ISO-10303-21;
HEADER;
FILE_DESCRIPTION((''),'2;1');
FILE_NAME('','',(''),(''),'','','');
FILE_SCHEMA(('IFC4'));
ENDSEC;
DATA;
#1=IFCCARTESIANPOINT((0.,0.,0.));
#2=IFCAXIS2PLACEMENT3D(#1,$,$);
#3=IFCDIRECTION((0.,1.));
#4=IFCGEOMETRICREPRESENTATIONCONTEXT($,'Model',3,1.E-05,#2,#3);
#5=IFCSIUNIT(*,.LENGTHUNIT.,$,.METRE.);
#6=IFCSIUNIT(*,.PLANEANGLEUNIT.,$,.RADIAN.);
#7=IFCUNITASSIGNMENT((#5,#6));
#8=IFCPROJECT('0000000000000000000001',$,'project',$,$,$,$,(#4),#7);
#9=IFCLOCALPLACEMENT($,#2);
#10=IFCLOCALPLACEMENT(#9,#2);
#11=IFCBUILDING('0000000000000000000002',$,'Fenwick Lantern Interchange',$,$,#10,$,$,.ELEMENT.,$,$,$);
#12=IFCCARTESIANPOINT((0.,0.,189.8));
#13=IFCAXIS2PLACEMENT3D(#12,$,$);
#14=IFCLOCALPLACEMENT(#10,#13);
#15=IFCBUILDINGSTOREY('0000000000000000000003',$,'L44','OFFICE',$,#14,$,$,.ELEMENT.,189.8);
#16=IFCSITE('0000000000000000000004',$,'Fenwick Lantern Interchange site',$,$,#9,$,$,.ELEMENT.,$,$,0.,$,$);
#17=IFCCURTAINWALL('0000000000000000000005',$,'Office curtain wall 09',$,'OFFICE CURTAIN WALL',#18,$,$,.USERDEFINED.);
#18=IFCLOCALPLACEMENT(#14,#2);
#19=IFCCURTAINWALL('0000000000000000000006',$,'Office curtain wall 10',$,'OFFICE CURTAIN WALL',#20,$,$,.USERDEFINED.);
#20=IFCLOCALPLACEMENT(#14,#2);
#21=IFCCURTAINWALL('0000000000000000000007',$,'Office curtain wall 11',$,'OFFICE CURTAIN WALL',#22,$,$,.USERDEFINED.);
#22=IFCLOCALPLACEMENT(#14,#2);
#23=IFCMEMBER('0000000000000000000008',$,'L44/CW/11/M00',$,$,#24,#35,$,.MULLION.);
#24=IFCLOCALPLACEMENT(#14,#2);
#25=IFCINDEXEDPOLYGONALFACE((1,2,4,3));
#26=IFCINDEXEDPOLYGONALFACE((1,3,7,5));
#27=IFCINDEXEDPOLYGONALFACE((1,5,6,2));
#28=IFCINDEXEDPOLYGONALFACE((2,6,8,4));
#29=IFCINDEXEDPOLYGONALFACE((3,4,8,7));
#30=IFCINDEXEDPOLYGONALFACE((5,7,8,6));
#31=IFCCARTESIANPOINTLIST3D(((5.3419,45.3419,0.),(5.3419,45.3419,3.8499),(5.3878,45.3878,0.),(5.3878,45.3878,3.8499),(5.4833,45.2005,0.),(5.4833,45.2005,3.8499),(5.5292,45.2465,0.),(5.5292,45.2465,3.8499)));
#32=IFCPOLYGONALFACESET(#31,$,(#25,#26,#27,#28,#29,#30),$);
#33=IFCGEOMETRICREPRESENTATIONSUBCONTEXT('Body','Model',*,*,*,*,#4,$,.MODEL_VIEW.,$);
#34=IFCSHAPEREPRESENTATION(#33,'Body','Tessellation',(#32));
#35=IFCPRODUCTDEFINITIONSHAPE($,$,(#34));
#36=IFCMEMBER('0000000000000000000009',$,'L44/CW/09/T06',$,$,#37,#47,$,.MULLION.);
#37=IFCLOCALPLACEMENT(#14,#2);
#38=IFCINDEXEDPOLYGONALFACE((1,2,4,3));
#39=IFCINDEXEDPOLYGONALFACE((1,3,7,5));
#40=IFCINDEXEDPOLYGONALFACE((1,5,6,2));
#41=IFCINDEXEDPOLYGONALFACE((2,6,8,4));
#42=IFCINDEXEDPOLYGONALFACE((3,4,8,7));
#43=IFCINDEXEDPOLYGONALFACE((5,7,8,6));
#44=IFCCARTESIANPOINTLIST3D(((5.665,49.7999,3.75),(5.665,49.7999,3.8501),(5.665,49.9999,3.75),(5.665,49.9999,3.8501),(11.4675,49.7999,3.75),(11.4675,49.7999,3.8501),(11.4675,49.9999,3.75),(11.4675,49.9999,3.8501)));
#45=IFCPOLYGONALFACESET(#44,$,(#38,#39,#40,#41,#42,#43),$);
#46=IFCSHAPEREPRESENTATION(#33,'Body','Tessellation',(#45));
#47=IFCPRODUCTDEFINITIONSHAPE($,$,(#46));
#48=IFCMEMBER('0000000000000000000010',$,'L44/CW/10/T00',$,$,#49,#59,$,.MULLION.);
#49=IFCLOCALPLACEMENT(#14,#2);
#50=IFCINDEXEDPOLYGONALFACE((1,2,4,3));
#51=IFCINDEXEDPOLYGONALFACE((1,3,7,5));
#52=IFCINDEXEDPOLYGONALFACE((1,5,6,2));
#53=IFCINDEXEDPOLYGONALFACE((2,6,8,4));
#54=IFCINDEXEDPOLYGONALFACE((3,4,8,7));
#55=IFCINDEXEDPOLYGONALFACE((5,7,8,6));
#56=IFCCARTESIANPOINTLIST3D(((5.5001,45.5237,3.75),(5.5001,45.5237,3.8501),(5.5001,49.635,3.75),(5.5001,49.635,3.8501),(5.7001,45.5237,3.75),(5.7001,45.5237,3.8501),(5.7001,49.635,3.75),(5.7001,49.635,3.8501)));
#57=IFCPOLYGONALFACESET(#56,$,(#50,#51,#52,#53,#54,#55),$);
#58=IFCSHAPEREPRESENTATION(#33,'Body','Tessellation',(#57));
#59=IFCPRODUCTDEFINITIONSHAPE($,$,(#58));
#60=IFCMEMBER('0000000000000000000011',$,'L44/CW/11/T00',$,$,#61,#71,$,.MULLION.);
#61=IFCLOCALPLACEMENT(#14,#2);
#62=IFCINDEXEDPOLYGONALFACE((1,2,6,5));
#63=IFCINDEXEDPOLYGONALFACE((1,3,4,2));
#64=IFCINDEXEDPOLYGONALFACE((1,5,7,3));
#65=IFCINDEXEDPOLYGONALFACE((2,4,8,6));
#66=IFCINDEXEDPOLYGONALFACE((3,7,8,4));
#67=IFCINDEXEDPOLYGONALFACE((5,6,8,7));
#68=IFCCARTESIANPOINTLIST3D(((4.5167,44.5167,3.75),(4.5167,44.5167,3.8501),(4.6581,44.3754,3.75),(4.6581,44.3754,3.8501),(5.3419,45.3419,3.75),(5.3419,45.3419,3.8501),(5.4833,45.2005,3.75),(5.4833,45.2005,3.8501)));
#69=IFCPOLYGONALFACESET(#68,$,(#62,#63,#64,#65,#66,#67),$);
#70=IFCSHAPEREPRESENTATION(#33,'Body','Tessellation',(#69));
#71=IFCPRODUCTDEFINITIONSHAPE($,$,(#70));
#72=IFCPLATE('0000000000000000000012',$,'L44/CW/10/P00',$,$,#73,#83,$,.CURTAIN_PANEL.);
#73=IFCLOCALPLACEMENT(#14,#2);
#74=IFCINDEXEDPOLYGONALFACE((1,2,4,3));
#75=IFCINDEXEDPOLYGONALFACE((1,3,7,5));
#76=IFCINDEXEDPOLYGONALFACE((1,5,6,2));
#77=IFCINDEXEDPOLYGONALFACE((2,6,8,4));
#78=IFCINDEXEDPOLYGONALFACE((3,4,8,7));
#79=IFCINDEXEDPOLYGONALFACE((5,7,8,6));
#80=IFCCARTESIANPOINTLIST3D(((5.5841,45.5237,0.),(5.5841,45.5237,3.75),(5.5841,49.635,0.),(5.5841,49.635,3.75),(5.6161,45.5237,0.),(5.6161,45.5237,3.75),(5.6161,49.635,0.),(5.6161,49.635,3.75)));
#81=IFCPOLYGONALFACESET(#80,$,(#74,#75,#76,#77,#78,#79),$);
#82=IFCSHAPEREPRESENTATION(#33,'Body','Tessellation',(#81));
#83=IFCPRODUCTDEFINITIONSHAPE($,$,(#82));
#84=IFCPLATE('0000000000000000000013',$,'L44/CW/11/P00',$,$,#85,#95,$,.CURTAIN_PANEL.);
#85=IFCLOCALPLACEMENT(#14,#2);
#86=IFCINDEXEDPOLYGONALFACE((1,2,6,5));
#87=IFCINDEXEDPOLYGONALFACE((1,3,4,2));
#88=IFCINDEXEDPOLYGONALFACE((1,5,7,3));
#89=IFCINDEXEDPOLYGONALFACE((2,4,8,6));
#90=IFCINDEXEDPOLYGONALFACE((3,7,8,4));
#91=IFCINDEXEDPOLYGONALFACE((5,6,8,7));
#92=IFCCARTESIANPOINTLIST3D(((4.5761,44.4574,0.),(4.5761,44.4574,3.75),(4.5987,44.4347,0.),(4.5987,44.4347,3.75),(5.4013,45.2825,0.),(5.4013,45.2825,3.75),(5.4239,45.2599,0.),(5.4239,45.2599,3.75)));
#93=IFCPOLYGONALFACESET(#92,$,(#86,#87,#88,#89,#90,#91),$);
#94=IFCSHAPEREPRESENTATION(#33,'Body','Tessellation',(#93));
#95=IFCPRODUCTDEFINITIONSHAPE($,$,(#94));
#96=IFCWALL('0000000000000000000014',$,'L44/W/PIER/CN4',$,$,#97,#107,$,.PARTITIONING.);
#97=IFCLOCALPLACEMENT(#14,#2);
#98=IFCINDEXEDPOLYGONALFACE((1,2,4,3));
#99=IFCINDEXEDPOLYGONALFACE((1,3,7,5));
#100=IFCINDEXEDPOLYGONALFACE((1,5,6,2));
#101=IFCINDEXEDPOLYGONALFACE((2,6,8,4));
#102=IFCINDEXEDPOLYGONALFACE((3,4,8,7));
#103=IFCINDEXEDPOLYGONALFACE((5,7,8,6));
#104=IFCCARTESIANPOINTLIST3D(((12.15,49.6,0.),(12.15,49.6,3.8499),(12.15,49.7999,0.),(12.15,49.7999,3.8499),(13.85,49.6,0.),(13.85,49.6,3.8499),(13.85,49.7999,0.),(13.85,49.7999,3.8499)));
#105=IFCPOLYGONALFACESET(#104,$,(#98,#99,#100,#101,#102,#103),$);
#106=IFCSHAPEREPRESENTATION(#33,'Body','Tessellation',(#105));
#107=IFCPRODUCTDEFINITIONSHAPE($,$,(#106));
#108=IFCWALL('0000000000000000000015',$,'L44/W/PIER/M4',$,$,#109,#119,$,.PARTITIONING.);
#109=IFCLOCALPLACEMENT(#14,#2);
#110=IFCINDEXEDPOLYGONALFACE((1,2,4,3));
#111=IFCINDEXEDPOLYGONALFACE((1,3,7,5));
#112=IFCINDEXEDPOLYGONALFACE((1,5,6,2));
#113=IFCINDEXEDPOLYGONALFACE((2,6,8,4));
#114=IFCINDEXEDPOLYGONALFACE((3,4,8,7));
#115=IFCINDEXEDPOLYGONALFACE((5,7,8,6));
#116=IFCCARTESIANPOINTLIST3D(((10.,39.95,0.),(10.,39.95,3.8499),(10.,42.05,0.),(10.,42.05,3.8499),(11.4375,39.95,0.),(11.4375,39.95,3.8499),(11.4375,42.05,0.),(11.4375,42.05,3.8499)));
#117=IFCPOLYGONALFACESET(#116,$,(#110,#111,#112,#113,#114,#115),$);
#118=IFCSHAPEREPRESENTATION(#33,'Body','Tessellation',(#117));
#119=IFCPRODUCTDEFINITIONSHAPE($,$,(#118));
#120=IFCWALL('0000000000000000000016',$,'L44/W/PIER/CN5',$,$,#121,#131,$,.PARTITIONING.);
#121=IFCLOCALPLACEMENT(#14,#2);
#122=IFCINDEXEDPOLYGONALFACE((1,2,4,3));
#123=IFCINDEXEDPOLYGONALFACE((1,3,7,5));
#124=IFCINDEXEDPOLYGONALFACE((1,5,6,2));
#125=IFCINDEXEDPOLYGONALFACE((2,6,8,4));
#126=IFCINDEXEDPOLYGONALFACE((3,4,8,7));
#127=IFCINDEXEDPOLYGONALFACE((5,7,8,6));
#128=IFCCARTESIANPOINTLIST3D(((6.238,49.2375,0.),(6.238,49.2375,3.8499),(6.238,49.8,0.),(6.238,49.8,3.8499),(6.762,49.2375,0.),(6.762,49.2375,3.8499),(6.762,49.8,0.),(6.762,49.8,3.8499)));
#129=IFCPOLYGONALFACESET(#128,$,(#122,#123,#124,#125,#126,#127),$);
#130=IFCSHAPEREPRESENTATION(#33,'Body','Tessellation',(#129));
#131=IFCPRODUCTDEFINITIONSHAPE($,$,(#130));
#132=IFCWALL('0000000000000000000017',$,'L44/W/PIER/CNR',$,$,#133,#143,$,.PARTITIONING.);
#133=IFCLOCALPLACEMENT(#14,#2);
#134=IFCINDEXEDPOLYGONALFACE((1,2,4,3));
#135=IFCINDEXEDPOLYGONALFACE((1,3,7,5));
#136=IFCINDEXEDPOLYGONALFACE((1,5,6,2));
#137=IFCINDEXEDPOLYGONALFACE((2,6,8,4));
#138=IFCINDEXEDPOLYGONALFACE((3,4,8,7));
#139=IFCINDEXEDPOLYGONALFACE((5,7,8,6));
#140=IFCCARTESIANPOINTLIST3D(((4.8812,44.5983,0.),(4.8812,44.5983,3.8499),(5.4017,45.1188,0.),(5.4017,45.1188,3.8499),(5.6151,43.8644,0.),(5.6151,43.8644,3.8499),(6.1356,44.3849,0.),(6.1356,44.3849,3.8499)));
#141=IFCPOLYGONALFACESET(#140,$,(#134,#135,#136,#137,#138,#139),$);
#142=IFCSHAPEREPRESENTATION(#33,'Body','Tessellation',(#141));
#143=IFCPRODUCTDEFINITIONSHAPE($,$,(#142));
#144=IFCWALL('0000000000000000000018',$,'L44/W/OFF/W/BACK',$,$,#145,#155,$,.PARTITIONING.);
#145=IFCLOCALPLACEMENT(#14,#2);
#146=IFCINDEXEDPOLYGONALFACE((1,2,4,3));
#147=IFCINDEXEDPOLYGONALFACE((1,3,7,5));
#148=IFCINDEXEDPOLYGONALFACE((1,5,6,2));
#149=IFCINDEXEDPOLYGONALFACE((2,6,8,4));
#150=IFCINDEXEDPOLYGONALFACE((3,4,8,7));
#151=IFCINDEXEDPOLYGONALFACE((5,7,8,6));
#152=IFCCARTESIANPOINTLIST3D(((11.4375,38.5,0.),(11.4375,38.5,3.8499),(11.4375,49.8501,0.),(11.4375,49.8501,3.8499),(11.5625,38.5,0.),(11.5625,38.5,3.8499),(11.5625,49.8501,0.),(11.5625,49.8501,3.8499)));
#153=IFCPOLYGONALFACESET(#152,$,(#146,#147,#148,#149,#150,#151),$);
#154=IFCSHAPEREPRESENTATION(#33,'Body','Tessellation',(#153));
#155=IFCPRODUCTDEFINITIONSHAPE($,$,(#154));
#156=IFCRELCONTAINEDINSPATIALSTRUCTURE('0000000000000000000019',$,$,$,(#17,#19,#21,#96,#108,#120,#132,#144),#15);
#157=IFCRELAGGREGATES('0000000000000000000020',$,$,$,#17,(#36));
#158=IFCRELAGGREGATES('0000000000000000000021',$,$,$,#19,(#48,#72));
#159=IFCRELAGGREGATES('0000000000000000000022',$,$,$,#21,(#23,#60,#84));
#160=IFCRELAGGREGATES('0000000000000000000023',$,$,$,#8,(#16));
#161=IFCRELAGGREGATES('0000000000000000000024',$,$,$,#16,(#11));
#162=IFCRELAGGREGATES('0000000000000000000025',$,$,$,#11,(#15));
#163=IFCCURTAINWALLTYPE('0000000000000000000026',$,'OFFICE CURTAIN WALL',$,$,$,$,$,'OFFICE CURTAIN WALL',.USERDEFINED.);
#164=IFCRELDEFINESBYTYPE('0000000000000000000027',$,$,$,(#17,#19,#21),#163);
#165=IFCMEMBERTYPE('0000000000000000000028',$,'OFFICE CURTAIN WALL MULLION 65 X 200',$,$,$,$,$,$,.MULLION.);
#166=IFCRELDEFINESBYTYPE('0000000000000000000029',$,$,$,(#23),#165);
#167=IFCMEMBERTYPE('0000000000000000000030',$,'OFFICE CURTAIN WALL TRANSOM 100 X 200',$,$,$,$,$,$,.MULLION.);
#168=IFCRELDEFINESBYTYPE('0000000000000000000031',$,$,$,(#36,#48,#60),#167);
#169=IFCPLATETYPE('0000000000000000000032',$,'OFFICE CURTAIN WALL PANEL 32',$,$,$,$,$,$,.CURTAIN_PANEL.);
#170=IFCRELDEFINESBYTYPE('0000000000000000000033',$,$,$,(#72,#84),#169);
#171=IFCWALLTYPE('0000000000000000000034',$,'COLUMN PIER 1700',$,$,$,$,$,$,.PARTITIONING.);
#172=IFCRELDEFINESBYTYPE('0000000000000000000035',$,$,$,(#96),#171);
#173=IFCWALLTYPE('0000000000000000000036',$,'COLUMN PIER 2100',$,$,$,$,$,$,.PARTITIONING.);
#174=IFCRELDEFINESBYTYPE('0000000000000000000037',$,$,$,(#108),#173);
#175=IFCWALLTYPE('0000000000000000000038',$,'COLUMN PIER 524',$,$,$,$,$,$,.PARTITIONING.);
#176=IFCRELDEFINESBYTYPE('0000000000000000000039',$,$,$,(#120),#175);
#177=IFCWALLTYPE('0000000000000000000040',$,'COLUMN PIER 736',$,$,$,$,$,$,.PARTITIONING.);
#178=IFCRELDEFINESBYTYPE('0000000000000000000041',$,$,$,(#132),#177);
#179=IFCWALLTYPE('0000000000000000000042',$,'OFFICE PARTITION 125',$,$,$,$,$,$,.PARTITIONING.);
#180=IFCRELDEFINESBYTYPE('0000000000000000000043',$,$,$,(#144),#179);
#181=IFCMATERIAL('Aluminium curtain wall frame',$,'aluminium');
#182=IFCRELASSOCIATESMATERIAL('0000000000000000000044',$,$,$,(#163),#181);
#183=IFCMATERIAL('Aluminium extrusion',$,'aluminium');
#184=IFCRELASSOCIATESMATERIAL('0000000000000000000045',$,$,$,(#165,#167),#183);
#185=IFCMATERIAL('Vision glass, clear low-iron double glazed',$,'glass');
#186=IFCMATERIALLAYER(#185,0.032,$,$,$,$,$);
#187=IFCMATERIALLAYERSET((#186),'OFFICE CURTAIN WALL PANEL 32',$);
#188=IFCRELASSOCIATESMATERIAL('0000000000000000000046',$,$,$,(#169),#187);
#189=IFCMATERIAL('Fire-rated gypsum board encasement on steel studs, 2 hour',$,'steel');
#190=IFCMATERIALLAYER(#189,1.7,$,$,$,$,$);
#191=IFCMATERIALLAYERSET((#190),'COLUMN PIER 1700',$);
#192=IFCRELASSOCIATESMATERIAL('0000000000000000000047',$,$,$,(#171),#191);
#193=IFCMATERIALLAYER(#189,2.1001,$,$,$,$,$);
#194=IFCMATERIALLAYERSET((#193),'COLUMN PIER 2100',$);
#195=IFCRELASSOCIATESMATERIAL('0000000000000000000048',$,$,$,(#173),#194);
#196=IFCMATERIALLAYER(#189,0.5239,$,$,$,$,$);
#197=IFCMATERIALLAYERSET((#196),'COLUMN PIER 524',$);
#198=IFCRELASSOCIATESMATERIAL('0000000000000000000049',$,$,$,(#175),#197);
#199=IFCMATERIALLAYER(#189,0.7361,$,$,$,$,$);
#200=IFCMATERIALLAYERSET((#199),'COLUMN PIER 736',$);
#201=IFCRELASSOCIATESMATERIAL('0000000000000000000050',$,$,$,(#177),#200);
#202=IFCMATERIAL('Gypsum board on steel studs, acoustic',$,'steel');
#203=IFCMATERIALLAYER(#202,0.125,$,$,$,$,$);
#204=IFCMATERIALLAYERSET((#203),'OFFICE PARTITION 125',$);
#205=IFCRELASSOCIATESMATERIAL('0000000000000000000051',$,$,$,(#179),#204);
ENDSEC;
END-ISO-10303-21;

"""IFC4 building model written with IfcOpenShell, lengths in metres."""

from ifc_helpers import new_model, si_unit, direction, frame, frame_2d, origin, origin_2d, place, context, subcontext, project, spatial, rectangle, extrude, material, layer, layer_set, material_profile, profile_set, type_object, element, aggregate, save


model = new_model("IFC4")

# Units and contexts
model_context = context("Model", 3, precision=1e-05, world=origin(), true_north=direction((0.0, 1.0)))
body_context = subcontext(model_context, "Body", "Model", "MODEL_VIEW")
ifc_project = project(units=[si_unit("LENGTHUNIT", "METRE"), si_unit("PLANEANGLEUNIT", "RADIAN")], contexts=[model_context])

# Site, building, storey
site_placement = place(None, origin())
site = spatial("IfcSite", under=ifc_project, at=site_placement, Name="Fenwick Lantern Interchange site", CompositionType="ELEMENT", RefElevation=0.0)
building_placement = place(site_placement, origin())
building = spatial("IfcBuilding", under=site, at=building_placement, Name="Fenwick Lantern Interchange", CompositionType="ELEMENT")
storey_placement = place(building_placement, frame((0.0, 0.0, 189.8)))
storey = spatial("IfcBuildingStorey", under=building, at=storey_placement, Name="L44", Description="OFFICE", CompositionType="ELEMENT", Elevation=189.8)

# Curtain walls
ifc_material_1 = material(Name="Aluminium curtain wall frame", Category="aluminium")
curtain_wall_type = type_object("IfcCurtainWallType", Name="OFFICE CURTAIN WALL", ElementType="OFFICE CURTAIN WALL", PredefinedType="USERDEFINED", material=ifc_material_1)
curtain_wall_1_placement = place(storey_placement, origin())
curtain_wall_1 = element("IfcCurtainWall", 1, at=curtain_wall_1_placement, inside=storey, type_object=curtain_wall_type, Name="Office curtain wall 09", ObjectType="OFFICE CURTAIN WALL", PredefinedType="USERDEFINED")
ifc_material_2 = material(Name="Aluminium extrusion", Category="aluminium")
ifc_material_profile_1 = material_profile(ifc_material_2, rectangle(XDim=0.2, YDim=0.0649, at=origin_2d()), Name="OFFICE CURTAIN WALL MULLION 65 X 200")
ifc_profile_set_1 = profile_set([ifc_material_profile_1], Name="Aluminium extrusion")
member_type_1 = type_object("IfcMemberType", Name="OFFICE CURTAIN WALL MULLION 65 X 200", PredefinedType="MULLION", material=ifc_profile_set_1)
curtain_wall_2_placement = place(storey_placement, origin())
curtain_wall_2 = element("IfcCurtainWall", 2, at=curtain_wall_2_placement, inside=storey, type_object=curtain_wall_type, Name="Office curtain wall 10", ObjectType="OFFICE CURTAIN WALL", PredefinedType="USERDEFINED")

# Curtain wall, member
curtain_wall_3_placement = place(storey_placement, origin())
curtain_wall_3 = element("IfcCurtainWall", 3, at=curtain_wall_3_placement, inside=storey, type_object=curtain_wall_type, Name="Office curtain wall 11", ObjectType="OFFICE CURTAIN WALL", PredefinedType="USERDEFINED")
member_1_placement = place(storey_placement, frame((5.4355, 45.2942, 0.0), z_axis=(0.0, 0.0, 1.0), x_axis=(0.707107, -0.707107, 0.0)))
member_1 = element("IfcMember", 4, at=member_1_placement, type_object=member_type_1, Name="L44/CW/11/M00", PredefinedType="MULLION", context=body_context, shape_type="SweptSolid", body=[
    extrude(rectangle(XDim=0.2, YDim=0.0649, at=origin_2d()), origin(), (0.0, 0.0, 1.0), 3.8499),
])

# Members
ifc_material_profile_2 = material_profile(ifc_material_2, rectangle(XDim=0.2, YDim=0.1001, at=origin_2d()), Name="OFFICE CURTAIN WALL TRANSOM 100 X 200")
ifc_profile_set_2 = profile_set([ifc_material_profile_2], Name="Aluminium extrusion")
member_type_2 = type_object("IfcMemberType", Name="OFFICE CURTAIN WALL TRANSOM 100 X 200", PredefinedType="MULLION", material=ifc_profile_set_2)
member_2_placement = place(storey_placement, frame((11.4675, 49.8999, 3.8), z_axis=(-1.0, 0.0, 0.0), x_axis=(0.0, -1.0, 0.0)))
member_2 = element("IfcMember", 5, at=member_2_placement, type_object=member_type_2, Name="L44/CW/09/T06", PredefinedType="MULLION", context=body_context, shape_type="SweptSolid", body=[
    extrude(rectangle(XDim=0.2, YDim=0.1001, at=origin_2d()), origin(), (0.0, 0.0, 1.0), 5.8025),
])
aggregate(curtain_wall_1, [member_2])
member_3_placement = place(storey_placement, frame((5.6001, 49.635, 3.8), z_axis=(0.0, -1.0, 0.0), x_axis=(1.0, 0.0, 0.0)))
member_3 = element("IfcMember", 6, at=member_3_placement, type_object=member_type_2, Name="L44/CW/10/T00", PredefinedType="MULLION", context=body_context, shape_type="SweptSolid", body=[
    extrude(rectangle(XDim=0.2, YDim=0.1001, at=origin_2d()), origin(), (0.0, 0.0, 1.0), 4.1113),
])
member_4_placement = place(storey_placement, frame((5.4126, 45.2712, 3.8), z_axis=(-0.707107, -0.707107, 0.0), x_axis=(0.707107, -0.707107, 0.0)))
member_4 = element("IfcMember", 7, at=member_4_placement, type_object=member_type_2, Name="L44/CW/11/T00", PredefinedType="MULLION", context=body_context, shape_type="SweptSolid", body=[
    extrude(rectangle(XDim=0.2, YDim=0.1001, at=origin_2d()), origin(), (0.0, 0.0, 1.0), 1.167),
])

# Plates
ifc_material_3 = material(Name="Vision glass, clear low-iron double glazed", Category="glass")
ifc_layer_1 = layer(ifc_material_3, 0.032)
ifc_layer_set_1 = layer_set([ifc_layer_1], Name="OFFICE CURTAIN WALL PANEL 32")
plate_type = type_object("IfcPlateType", Name="OFFICE CURTAIN WALL PANEL 32", PredefinedType="CURTAIN_PANEL", material=ifc_layer_set_1)
plate_1_placement = place(storey_placement, frame((5.6001, 47.5793, 0.0), z_axis=(0.0, 0.0, 1.0), x_axis=(0.0, -1.0, 0.0)))
plate_1 = element("IfcPlate", 8, at=plate_1_placement, type_object=plate_type, Name="L44/CW/10/P00", PredefinedType="CURTAIN_PANEL", context=body_context, shape_type="SweptSolid", body=[
    extrude(rectangle(XDim=4.1113, YDim=0.032, at=origin_2d()), origin(), (0.0, 0.0, 1.0), 3.75),
])
aggregate(curtain_wall_2, [member_3, plate_1])
plate_2_placement = place(storey_placement, frame((5.0, 44.8586, 0.0), z_axis=(0.0, 0.0, 1.0), x_axis=(-0.707107, -0.707107, 0.0)))
plate_2 = element("IfcPlate", 9, at=plate_2_placement, type_object=plate_type, Name="L44/CW/11/P00", PredefinedType="CURTAIN_PANEL", context=body_context, shape_type="SweptSolid", body=[
    extrude(rectangle(XDim=1.167, YDim=0.032, at=origin_2d()), origin(), (0.0, 0.0, 1.0), 3.75),
])
aggregate(curtain_wall_3, [member_1, member_4, plate_2])

# Walls
ifc_material_4 = material(Name="Fire-rated gypsum board encasement on steel studs, 2 hour", Category="steel")
ifc_layer_2 = layer(ifc_material_4, 1.7)
ifc_layer_set_2 = layer_set([ifc_layer_2], Name="COLUMN PIER 1700")
wall_type_1 = type_object("IfcWallType", Name="COLUMN PIER 1700", PredefinedType="PARTITIONING", material=ifc_layer_set_2)
wall_1_placement = place(storey_placement, frame((13.0, 49.8, 0.0), z_axis=(0.0, 0.0, 1.0), x_axis=(0.0, -1.0, 0.0)))
element("IfcWall", 10, at=wall_1_placement, inside=storey, type_object=wall_type_1, Name="L44/W/PIER/CN4", PredefinedType="PARTITIONING", context=body_context, shape_type="SweptSolid", body=[
    extrude(rectangle(XDim=0.2, YDim=1.7, at=frame_2d((0.1001, 0.0))), origin(), (0.0, 0.0, 1.0), 3.8499),
])
ifc_layer_3 = layer(ifc_material_4, 2.1001)
ifc_layer_set_3 = layer_set([ifc_layer_3], Name="COLUMN PIER 2100")
wall_type_2 = type_object("IfcWallType", Name="COLUMN PIER 2100", PredefinedType="PARTITIONING", material=ifc_layer_set_3)
wall_2_placement = place(storey_placement, frame((11.4375, 41.0, 0.0), z_axis=(0.0, 0.0, 1.0), x_axis=(-1.0, 0.0, 0.0)))
element("IfcWall", 11, at=wall_2_placement, inside=storey, type_object=wall_type_2, Name="L44/W/PIER/M4", PredefinedType="PARTITIONING", context=body_context, shape_type="SweptSolid", body=[
    extrude(rectangle(XDim=1.4375, YDim=2.1001, at=frame_2d((0.7188, 0.0))), origin(), (0.0, 0.0, 1.0), 3.8499),
])
ifc_layer_4 = layer(ifc_material_4, 0.5239)
ifc_layer_set_4 = layer_set([ifc_layer_4], Name="COLUMN PIER 524")
wall_type_3 = type_object("IfcWallType", Name="COLUMN PIER 524", PredefinedType="PARTITIONING", material=ifc_layer_set_4)
wall_3_placement = place(storey_placement, frame((6.5, 49.8, 0.0), z_axis=(0.0, 0.0, 1.0), x_axis=(0.0, -1.0, 0.0)))
element("IfcWall", 12, at=wall_3_placement, inside=storey, type_object=wall_type_3, Name="L44/W/PIER/CN5", PredefinedType="PARTITIONING", context=body_context, shape_type="SweptSolid", body=[
    extrude(rectangle(XDim=0.5625, YDim=0.5239, at=frame_2d((0.2812, 0.0))), origin(), (0.0, 0.0, 1.0), 3.8499),
])
ifc_layer_5 = layer(ifc_material_4, 0.7361)
ifc_layer_set_5 = layer_set([ifc_layer_5], Name="COLUMN PIER 736")
wall_type_4 = type_object("IfcWallType", Name="COLUMN PIER 736", PredefinedType="PARTITIONING", material=ifc_layer_set_5)
wall_4_placement = place(storey_placement, frame((5.1414, 44.8586, 0.0), z_axis=(0.0, 0.0, 1.0), x_axis=(0.707107, -0.707107, 0.0)))
element("IfcWall", 13, at=wall_4_placement, inside=storey, type_object=wall_type_4, Name="L44/W/PIER/CNR", PredefinedType="PARTITIONING", context=body_context, shape_type="SweptSolid", body=[
    extrude(rectangle(XDim=1.0378, YDim=0.7361, at=frame_2d((0.519, 0.0))), origin(), (0.0, 0.0, 1.0), 3.8499),
])
ifc_material_5 = material(Name="Gypsum board on steel studs, acoustic", Category="steel")
ifc_layer_6 = layer(ifc_material_5, 0.125)
ifc_layer_set_6 = layer_set([ifc_layer_6], Name="OFFICE PARTITION 125")
wall_type_5 = type_object("IfcWallType", Name="OFFICE PARTITION 125", PredefinedType="PARTITIONING", material=ifc_layer_set_6)
wall_5_placement = place(storey_placement, frame((11.5, 49.8501, 0.0), z_axis=(0.0, 0.0, 1.0), x_axis=(0.0, -1.0, 0.0)))
element("IfcWall", 14, at=wall_5_placement, inside=storey, type_object=wall_type_5, Name="L44/W/OFF/W/BACK", PredefinedType="PARTITIONING", context=body_context, shape_type="SweptSolid", body=[
    extrude(rectangle(XDim=11.3501, YDim=0.125, at=frame_2d((5.675, 0.0))), origin(), (0.0, 0.0, 1.0), 3.8499),
])

save(model, "model.ifc")
